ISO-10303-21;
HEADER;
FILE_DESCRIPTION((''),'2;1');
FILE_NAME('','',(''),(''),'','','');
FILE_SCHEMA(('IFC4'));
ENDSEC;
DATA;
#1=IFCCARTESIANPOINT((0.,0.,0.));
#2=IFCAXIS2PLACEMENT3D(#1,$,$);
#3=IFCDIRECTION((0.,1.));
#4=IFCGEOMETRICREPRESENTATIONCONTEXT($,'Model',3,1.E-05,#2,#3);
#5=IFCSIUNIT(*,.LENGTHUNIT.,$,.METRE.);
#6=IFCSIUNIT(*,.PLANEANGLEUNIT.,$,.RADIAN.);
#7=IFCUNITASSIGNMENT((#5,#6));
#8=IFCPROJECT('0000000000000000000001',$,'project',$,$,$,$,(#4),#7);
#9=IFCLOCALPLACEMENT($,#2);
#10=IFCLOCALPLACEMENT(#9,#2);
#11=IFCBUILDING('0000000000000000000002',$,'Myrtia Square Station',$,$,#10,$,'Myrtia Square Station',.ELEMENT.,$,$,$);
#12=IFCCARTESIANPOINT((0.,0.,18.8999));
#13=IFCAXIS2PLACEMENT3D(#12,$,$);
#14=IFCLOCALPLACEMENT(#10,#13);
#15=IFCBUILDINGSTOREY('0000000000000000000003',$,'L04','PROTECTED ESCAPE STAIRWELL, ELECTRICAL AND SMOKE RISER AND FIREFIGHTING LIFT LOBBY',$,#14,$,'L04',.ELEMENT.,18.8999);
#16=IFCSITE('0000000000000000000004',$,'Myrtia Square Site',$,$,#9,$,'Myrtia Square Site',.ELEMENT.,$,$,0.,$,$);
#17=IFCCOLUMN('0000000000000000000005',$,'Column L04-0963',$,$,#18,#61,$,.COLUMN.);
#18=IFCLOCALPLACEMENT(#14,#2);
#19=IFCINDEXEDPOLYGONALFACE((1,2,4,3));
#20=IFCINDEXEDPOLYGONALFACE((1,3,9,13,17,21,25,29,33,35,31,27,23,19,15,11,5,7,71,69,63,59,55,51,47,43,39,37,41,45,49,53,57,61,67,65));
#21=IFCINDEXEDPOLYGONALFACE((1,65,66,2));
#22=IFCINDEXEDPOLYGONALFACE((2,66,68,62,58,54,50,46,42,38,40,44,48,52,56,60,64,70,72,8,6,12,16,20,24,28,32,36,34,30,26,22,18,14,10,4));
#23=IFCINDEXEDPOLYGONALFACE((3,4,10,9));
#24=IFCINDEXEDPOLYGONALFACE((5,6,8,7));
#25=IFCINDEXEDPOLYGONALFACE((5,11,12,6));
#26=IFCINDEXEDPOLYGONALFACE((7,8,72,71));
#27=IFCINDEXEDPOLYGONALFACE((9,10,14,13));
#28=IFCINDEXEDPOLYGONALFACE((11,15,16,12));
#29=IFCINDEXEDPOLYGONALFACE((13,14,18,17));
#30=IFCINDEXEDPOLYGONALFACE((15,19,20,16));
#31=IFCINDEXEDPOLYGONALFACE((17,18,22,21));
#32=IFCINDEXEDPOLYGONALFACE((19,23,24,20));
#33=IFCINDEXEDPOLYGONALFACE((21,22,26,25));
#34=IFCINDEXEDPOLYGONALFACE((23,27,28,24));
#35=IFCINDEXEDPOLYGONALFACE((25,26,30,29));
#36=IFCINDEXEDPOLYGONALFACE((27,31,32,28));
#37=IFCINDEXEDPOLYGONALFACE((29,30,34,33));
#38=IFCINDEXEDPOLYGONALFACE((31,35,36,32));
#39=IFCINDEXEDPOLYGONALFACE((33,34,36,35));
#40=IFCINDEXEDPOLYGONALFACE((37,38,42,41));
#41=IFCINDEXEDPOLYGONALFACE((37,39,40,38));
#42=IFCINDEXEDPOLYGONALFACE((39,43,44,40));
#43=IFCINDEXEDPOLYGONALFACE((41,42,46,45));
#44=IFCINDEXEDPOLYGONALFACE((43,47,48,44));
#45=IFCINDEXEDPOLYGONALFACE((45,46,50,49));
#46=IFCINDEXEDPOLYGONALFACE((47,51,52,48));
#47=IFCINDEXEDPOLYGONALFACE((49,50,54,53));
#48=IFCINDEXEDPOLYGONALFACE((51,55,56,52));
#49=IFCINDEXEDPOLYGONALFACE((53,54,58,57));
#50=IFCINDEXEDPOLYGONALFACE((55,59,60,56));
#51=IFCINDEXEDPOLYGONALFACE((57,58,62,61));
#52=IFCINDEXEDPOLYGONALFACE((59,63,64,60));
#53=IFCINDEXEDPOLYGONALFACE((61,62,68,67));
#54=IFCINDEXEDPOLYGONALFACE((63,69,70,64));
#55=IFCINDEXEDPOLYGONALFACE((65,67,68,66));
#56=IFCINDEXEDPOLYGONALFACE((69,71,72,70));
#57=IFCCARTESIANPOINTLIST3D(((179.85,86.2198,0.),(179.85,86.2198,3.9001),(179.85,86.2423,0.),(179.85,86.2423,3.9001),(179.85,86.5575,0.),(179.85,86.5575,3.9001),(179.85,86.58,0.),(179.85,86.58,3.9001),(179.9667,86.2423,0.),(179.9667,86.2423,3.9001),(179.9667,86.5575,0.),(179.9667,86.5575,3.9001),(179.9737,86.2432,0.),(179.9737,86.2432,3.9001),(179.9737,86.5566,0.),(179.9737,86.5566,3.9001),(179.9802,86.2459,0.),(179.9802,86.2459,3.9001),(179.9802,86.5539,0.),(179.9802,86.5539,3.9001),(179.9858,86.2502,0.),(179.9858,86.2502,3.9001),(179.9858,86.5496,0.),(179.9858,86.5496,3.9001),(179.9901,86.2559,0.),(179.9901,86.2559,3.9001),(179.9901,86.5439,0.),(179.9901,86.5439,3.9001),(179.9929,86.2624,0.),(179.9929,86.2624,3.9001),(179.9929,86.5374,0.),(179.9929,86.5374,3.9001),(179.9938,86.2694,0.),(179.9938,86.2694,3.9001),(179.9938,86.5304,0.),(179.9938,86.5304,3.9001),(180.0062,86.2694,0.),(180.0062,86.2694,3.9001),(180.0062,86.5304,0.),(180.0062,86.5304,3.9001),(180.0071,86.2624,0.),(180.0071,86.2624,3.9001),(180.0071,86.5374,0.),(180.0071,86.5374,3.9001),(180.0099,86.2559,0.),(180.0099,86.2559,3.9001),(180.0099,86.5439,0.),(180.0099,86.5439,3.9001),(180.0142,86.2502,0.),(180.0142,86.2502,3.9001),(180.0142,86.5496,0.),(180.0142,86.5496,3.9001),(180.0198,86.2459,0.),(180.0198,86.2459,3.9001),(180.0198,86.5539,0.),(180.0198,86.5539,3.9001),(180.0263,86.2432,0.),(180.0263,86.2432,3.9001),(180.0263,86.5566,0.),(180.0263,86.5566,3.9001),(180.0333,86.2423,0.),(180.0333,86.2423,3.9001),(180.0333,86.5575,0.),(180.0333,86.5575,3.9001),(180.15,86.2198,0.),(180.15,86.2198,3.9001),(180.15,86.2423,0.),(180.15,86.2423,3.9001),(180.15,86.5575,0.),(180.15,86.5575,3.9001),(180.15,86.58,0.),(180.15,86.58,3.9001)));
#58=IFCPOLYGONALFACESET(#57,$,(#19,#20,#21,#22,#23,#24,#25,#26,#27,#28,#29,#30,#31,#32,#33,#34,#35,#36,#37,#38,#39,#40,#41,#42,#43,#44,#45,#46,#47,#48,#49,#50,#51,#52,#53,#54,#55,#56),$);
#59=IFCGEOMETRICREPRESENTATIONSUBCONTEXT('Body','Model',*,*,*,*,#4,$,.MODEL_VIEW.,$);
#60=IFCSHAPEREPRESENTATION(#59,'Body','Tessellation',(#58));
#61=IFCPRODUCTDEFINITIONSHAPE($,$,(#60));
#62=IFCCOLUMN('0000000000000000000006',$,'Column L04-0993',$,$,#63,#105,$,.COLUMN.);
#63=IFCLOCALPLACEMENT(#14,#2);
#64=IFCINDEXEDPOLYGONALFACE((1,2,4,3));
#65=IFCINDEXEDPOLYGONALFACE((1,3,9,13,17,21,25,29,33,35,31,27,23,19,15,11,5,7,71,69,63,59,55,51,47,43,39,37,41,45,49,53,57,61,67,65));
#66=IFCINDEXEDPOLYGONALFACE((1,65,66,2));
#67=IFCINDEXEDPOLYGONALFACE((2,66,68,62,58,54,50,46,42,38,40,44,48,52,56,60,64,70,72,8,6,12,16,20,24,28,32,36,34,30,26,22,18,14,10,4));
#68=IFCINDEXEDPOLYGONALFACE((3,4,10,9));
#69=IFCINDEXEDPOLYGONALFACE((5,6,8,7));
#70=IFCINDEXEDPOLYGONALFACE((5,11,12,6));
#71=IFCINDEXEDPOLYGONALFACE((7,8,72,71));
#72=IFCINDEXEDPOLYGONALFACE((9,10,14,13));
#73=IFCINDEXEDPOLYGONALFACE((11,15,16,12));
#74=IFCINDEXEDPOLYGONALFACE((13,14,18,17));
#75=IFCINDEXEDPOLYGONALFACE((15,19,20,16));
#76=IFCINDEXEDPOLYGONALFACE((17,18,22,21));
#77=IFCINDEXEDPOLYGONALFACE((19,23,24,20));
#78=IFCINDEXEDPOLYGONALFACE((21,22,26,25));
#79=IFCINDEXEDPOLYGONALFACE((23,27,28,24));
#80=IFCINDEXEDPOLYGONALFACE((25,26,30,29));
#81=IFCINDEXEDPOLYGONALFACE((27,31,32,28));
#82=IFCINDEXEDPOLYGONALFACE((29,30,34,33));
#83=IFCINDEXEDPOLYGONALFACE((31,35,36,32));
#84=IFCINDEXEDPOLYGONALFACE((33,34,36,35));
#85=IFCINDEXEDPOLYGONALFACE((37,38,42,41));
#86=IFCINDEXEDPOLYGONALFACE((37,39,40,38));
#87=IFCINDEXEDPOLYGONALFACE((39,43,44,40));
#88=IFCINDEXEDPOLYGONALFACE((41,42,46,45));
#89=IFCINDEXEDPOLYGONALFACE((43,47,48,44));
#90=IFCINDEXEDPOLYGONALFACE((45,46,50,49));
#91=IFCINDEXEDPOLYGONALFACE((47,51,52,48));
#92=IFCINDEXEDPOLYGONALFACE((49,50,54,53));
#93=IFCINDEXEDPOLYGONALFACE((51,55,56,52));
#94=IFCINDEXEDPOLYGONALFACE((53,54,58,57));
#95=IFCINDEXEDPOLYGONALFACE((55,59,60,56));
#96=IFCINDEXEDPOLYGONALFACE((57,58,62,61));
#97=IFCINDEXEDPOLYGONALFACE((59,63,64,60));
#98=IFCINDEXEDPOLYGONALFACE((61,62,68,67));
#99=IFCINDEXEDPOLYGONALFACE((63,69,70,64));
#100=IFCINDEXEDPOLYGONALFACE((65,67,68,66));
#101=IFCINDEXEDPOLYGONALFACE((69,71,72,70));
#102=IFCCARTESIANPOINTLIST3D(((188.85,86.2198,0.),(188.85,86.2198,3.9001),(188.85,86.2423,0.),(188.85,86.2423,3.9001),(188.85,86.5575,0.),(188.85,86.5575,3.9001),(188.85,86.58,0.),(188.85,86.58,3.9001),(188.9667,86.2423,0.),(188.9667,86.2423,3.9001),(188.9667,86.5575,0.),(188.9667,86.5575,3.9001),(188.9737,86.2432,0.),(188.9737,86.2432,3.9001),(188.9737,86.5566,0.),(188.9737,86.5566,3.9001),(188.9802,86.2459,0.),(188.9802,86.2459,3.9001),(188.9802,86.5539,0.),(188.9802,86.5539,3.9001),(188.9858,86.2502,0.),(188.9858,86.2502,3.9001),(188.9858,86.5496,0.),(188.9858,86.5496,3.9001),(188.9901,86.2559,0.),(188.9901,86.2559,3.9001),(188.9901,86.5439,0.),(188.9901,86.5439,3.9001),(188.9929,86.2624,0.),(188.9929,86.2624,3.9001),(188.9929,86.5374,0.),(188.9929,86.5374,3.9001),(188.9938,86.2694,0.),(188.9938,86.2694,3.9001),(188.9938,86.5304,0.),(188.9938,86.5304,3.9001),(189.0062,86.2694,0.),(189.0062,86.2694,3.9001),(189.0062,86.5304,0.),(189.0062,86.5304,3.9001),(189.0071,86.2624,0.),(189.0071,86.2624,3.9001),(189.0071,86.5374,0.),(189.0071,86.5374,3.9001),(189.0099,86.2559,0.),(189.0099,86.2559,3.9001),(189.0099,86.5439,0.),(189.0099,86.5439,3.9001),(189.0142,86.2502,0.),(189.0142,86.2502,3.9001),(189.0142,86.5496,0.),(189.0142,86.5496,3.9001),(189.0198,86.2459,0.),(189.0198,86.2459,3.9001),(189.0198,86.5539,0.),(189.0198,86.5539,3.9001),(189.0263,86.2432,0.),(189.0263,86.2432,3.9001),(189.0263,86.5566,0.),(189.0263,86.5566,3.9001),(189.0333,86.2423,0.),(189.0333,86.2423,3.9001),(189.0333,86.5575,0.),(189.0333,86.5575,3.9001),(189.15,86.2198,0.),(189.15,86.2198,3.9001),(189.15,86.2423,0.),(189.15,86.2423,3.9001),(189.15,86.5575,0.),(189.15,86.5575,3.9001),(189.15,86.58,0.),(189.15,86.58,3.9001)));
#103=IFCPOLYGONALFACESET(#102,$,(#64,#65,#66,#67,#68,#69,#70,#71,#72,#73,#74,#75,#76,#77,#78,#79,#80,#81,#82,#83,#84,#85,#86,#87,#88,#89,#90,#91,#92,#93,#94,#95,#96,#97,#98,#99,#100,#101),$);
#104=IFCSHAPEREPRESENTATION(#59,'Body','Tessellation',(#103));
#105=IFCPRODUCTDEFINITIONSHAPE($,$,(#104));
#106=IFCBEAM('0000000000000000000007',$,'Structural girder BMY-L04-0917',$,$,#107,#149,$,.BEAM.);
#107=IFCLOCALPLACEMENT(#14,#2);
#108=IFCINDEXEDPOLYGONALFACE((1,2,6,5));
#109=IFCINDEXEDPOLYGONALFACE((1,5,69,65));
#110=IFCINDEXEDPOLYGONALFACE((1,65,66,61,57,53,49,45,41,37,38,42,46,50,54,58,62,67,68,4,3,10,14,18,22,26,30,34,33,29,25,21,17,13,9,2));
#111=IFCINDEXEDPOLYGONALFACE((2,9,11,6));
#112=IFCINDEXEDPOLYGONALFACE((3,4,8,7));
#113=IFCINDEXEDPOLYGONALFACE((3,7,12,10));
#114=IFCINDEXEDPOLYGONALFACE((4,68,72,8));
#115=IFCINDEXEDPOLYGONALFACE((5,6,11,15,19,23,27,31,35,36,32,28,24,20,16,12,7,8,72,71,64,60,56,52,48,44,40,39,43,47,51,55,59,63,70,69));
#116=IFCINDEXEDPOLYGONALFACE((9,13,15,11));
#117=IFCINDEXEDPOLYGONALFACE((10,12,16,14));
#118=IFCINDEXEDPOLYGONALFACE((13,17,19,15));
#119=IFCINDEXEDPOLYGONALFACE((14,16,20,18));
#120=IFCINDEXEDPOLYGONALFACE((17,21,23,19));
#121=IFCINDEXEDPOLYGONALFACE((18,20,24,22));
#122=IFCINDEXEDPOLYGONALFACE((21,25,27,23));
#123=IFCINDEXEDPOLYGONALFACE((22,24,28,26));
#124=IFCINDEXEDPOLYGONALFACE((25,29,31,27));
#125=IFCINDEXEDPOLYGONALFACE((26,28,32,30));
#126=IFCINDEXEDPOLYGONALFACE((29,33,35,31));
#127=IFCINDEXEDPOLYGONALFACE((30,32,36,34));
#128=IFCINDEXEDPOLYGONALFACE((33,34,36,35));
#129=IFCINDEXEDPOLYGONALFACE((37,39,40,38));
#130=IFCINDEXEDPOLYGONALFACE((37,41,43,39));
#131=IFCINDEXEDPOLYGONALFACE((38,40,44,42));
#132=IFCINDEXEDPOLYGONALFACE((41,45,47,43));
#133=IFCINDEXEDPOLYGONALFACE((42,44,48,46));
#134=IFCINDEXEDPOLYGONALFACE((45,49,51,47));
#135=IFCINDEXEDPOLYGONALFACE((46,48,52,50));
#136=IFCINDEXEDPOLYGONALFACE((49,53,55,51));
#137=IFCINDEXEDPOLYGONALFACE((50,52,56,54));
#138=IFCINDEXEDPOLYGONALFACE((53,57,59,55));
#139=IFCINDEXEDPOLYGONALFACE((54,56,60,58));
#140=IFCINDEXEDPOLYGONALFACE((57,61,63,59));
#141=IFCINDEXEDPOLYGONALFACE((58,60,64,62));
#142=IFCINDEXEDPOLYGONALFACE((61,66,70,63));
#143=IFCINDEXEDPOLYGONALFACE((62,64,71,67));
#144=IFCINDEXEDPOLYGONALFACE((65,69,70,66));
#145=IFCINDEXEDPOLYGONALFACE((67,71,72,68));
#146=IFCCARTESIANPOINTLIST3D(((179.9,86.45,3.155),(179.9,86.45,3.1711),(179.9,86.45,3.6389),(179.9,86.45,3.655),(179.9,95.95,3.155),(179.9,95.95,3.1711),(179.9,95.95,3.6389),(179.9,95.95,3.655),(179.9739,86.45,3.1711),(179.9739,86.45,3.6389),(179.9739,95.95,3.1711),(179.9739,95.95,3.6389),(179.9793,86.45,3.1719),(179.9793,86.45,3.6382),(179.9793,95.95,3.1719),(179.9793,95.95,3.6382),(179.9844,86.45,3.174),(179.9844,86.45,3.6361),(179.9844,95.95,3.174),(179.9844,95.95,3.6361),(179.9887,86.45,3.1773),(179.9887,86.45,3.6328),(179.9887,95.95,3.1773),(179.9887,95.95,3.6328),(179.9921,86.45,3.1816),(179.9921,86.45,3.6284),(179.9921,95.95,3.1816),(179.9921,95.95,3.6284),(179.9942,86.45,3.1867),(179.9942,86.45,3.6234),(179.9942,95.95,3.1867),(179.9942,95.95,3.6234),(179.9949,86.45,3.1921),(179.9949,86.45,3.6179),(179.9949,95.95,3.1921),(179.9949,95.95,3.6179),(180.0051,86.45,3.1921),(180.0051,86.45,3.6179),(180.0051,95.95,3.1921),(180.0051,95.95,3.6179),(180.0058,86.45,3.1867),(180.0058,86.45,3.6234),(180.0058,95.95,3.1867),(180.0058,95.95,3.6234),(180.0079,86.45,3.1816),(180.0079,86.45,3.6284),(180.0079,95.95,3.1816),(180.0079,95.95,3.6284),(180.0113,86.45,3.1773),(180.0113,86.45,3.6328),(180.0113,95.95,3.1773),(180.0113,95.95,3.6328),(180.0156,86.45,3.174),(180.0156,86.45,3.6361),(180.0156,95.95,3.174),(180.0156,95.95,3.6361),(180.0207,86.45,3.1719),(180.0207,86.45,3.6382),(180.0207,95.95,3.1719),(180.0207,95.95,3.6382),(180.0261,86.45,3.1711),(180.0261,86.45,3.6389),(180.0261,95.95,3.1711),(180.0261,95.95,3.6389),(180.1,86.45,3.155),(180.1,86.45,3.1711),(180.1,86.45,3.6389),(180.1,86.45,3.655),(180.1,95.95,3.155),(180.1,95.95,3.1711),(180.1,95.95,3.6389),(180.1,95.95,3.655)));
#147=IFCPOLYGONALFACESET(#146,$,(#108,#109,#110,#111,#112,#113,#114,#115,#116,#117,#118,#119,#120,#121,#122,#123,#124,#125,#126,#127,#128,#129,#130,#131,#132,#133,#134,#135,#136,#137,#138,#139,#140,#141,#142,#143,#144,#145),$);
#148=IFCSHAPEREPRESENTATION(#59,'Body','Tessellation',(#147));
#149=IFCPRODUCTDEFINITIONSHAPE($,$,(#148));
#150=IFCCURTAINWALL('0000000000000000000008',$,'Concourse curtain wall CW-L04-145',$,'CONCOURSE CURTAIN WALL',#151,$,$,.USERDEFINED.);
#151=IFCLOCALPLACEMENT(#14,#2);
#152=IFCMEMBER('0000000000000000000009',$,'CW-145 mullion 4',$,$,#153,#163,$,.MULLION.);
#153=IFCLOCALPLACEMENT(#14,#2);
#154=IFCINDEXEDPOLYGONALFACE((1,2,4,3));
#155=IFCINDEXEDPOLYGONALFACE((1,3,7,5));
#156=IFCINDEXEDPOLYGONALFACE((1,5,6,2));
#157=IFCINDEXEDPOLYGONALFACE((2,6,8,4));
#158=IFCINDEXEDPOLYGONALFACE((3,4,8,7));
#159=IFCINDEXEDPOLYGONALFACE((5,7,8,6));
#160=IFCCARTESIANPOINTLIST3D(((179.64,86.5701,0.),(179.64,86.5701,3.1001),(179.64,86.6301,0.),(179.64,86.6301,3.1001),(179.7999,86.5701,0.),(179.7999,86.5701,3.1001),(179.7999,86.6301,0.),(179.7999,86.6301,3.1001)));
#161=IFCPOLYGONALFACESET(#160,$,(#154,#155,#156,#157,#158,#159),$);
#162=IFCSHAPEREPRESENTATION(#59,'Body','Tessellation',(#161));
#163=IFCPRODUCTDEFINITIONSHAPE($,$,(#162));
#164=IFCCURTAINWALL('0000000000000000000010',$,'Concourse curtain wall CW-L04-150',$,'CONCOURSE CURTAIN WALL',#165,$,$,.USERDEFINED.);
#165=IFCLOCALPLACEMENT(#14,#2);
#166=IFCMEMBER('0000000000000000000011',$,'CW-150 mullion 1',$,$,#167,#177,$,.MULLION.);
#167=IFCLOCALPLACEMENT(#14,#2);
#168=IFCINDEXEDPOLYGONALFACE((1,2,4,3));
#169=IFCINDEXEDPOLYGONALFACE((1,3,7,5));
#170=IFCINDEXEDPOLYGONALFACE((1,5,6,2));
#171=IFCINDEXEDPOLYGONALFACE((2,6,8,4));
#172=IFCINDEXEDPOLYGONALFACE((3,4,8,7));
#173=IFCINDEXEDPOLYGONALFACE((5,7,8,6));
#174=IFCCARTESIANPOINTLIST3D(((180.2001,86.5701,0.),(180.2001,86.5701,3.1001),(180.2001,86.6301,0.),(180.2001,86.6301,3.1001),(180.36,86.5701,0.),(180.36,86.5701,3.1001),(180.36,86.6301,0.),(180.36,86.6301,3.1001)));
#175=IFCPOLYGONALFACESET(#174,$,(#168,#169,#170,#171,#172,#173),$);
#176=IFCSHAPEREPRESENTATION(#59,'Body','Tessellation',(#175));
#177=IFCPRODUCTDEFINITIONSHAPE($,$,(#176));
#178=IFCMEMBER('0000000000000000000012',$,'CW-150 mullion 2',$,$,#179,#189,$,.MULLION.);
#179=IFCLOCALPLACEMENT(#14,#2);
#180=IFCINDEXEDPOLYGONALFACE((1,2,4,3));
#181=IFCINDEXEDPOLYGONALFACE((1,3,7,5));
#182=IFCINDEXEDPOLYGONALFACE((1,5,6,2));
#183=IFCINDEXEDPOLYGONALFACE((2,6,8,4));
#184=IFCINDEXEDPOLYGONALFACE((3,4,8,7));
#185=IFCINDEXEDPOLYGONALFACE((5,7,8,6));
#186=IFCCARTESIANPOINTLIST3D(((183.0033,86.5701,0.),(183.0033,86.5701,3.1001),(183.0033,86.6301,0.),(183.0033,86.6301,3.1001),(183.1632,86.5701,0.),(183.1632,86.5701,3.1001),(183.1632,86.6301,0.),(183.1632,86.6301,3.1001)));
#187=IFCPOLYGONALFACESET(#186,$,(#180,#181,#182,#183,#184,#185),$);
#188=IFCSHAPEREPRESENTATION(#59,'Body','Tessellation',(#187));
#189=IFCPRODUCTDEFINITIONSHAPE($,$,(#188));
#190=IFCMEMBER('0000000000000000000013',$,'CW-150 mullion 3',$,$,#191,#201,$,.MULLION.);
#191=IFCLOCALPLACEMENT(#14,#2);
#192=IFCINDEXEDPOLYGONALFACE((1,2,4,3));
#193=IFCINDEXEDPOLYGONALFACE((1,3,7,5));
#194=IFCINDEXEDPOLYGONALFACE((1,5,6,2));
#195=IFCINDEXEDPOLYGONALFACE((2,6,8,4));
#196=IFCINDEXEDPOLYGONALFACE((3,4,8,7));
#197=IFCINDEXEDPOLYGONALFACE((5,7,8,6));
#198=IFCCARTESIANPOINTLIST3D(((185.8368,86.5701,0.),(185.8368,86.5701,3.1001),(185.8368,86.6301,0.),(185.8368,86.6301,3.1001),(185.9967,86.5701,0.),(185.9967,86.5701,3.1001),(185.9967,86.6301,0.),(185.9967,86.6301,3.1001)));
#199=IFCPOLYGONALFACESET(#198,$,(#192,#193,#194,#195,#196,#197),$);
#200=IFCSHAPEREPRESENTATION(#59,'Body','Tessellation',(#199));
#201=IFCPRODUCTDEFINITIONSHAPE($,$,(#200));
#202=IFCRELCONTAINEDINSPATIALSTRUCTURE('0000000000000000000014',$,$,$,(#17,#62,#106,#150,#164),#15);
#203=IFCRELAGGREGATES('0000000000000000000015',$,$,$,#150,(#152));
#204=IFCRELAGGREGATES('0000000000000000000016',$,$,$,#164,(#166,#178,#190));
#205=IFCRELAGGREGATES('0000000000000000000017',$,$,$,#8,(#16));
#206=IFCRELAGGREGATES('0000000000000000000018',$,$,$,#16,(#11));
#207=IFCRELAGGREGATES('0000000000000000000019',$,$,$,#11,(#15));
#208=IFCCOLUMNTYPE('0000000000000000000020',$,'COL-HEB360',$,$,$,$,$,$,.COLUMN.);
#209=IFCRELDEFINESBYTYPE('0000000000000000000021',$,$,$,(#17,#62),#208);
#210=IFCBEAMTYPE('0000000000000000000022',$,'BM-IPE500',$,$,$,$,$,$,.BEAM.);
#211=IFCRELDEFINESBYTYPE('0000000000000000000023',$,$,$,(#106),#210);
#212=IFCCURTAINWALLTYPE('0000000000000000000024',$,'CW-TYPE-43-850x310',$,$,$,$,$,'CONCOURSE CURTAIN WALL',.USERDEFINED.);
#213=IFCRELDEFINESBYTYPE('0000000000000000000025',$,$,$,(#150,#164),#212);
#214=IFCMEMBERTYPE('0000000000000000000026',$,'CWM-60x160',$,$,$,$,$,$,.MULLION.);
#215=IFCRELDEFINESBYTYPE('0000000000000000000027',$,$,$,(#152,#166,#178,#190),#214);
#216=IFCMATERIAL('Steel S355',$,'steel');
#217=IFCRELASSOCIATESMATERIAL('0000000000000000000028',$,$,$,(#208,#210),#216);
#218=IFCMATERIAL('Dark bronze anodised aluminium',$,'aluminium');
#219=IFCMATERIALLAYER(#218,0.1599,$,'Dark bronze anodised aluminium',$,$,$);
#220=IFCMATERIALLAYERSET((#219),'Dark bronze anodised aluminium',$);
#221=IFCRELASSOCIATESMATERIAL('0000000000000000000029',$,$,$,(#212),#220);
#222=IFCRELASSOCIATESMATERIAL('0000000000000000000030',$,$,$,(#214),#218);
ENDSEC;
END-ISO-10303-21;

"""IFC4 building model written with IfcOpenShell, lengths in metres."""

from ifc_helpers import new_model, si_unit, direction, frame, origin, origin_2d, place, context, subcontext, project, spatial, rectangle, i_section, extrude, material, layer, layer_set, material_profile, profile_set, type_object, element, aggregate, save


model = new_model("IFC4")

# Units and contexts
model_context = context("Model", 3, precision=1e-05, world=origin(), true_north=direction((0.0, 1.0)))
body_context = subcontext(model_context, "Body", "Model", "MODEL_VIEW")
ifc_project = project(units=[si_unit("LENGTHUNIT", "METRE"), si_unit("PLANEANGLEUNIT", "RADIAN")], contexts=[model_context])

# Site, building, storey
site_placement = place(None, origin())
site = spatial("IfcSite", under=ifc_project, at=site_placement, Name="Myrtia Square Site", LongName="Myrtia Square Site", CompositionType="ELEMENT", RefElevation=0.0)
building_placement = place(site_placement, origin())
building = spatial("IfcBuilding", under=site, at=building_placement, Name="Myrtia Square Station", LongName="Myrtia Square Station", CompositionType="ELEMENT")
storey_placement = place(building_placement, frame((0.0, 0.0, 18.8999)))
storey = spatial("IfcBuildingStorey", under=building, at=storey_placement, Name="L04", Description="PROTECTED ESCAPE STAIRWELL, ELECTRICAL AND SMOKE RISER AND FIREFIGHTING LIFT LOBBY", LongName="L04", CompositionType="ELEMENT", Elevation=18.8999)

# Columns
ifc_material_1 = material(Name="Steel S355", Category="steel")
ifc_material_profile_1 = material_profile(ifc_material_1, i_section(OverallWidth=0.3, OverallDepth=0.3601, WebThickness=0.0125, FlangeThickness=0.0225, FilletRadius=0.0271, at=origin_2d()), Name="HEB 360")
ifc_profile_set_1 = profile_set([ifc_material_profile_1], Name="Steel S355")
column_type = type_object("IfcColumnType", Name="COL-HEB360", PredefinedType="COLUMN", material=ifc_profile_set_1)
for number, where, z_axis, x_axis, name in (
    (1, (180.0, 86.3999, 0.0), (0.0, 0.0, 1.0), (1.0, 0.0, 0.0), "Column L04-0963"),
    (2, (189.0, 86.3999, 0.0), (0.0, 0.0, 1.0), (1.0, 0.0, 0.0), "Column L04-0993"),
):
    element("IfcColumn", number, at=place(storey_placement, frame(where, z_axis=z_axis, x_axis=x_axis)), inside=storey, type_object=column_type, Name=name, PredefinedType="COLUMN", context=body_context, shape_type="SweptSolid", body=[
        extrude(i_section(OverallWidth=0.3, OverallDepth=0.3601, WebThickness=0.0125, FlangeThickness=0.0225, FilletRadius=0.0271, at=origin_2d()), origin(), (0.0, 0.0, 1.0), 3.9001),
    ])

# Beam
ifc_material_profile_2 = material_profile(ifc_material_1, i_section(OverallWidth=0.2, OverallDepth=0.5, WebThickness=0.0103, FlangeThickness=0.0161, FilletRadius=0.021, at=origin_2d()), Name="IPE 500")
ifc_profile_set_2 = profile_set([ifc_material_profile_2], Name="Steel S355")
beam_type_1 = type_object("IfcBeamType", Name="BM-IPE500", PredefinedType="BEAM", material=ifc_profile_set_2)
beam_1_placement = place(storey_placement, frame((180.0, 86.45, 3.405), z_axis=(0.0, 1.0, 0.0), x_axis=(-1.0, 0.0, 0.0)))
element("IfcBeam", 3, at=beam_1_placement, inside=storey, type_object=beam_type_1, Name="Structural girder BMY-L04-0917", PredefinedType="BEAM", context=body_context, shape_type="SweptSolid", body=[
    extrude(i_section(OverallWidth=0.2, OverallDepth=0.5, WebThickness=0.0103, FlangeThickness=0.0161, FilletRadius=0.021, at=origin_2d()), origin(), (0.0, 0.0, 1.0), 9.5),
])

# Curtain wall, member
ifc_material_2 = material(Name="Dark bronze anodised aluminium", Category="aluminium")
ifc_layer_1 = layer(ifc_material_2, 0.1599, Name="Dark bronze anodised aluminium")
ifc_layer_set_1 = layer_set([ifc_layer_1], Name="Dark bronze anodised aluminium")
curtain_wall_type_1 = type_object("IfcCurtainWallType", Name="CW-TYPE-43-850x310", ElementType="CONCOURSE CURTAIN WALL", PredefinedType="USERDEFINED", material=ifc_layer_set_1)
curtain_wall_1_placement = place(storey_placement, origin())
curtain_wall_1 = element("IfcCurtainWall", 4, at=curtain_wall_1_placement, inside=storey, type_object=curtain_wall_type_1, Name="Concourse curtain wall CW-L04-145", ObjectType="CONCOURSE CURTAIN WALL", PredefinedType="USERDEFINED")
ifc_material_profile_3 = material_profile(ifc_material_2, rectangle(XDim=0.0601, YDim=0.1599, at=origin_2d()), Name="ALU-M 60x160")
ifc_profile_set_3 = profile_set([ifc_material_profile_3], Name="Dark bronze anodised aluminium")
member_type_1 = type_object("IfcMemberType", Name="CWM-60x160", PredefinedType="MULLION", material=ifc_profile_set_3)
member_1_placement = place(storey_placement, frame((179.72, 86.6001, 0.0), z_axis=(0.0, 0.0, 1.0), x_axis=(0.0, 1.0, 0.0)))
member_1 = element("IfcMember", 5, at=member_1_placement, type_object=member_type_1, Name="CW-145 mullion 4", PredefinedType="MULLION", context=body_context, shape_type="SweptSolid", body=[
    extrude(rectangle(XDim=0.0601, YDim=0.1599, at=origin_2d()), origin(), (0.0, 0.0, 1.0), 3.1001),
])
aggregate(curtain_wall_1, [member_1])

# Curtain wall, members
curtain_wall_2_placement = place(storey_placement, origin())
curtain_wall_2 = element("IfcCurtainWall", 6, at=curtain_wall_2_placement, inside=storey, type_object=curtain_wall_type_1, Name="Concourse curtain wall CW-L04-150", ObjectType="CONCOURSE CURTAIN WALL", PredefinedType="USERDEFINED")
member_2_placement = place(storey_placement, frame((180.28, 86.6001, 0.0), z_axis=(0.0, 0.0, 1.0), x_axis=(0.0, 1.0, 0.0)))
member_2 = element("IfcMember", 7, at=member_2_placement, type_object=member_type_1, Name="CW-150 mullion 1", PredefinedType="MULLION", context=body_context, shape_type="SweptSolid", body=[
    extrude(rectangle(XDim=0.0601, YDim=0.1599, at=origin_2d()), origin(), (0.0, 0.0, 1.0), 3.1001),
])
member_3_placement = place(storey_placement, frame((183.0833, 86.6001, 0.0), z_axis=(0.0, 0.0, 1.0), x_axis=(0.0, 1.0, 0.0)))
member_3 = element("IfcMember", 8, at=member_3_placement, type_object=member_type_1, Name="CW-150 mullion 2", PredefinedType="MULLION", context=body_context, shape_type="SweptSolid", body=[
    extrude(rectangle(XDim=0.0601, YDim=0.1599, at=origin_2d()), origin(), (0.0, 0.0, 1.0), 3.1001),
])
member_4_placement = place(storey_placement, frame((185.9167, 86.6001, 0.0), z_axis=(0.0, 0.0, 1.0), x_axis=(0.0, 1.0, 0.0)))
member_4 = element("IfcMember", 9, at=member_4_placement, type_object=member_type_1, Name="CW-150 mullion 3", PredefinedType="MULLION", context=body_context, shape_type="SweptSolid", body=[
    extrude(rectangle(XDim=0.0601, YDim=0.1599, at=origin_2d()), origin(), (0.0, 0.0, 1.0), 3.1001),
])

aggregate(curtain_wall_2, [member_2, member_3, member_4])

save(model, "model.ifc")
